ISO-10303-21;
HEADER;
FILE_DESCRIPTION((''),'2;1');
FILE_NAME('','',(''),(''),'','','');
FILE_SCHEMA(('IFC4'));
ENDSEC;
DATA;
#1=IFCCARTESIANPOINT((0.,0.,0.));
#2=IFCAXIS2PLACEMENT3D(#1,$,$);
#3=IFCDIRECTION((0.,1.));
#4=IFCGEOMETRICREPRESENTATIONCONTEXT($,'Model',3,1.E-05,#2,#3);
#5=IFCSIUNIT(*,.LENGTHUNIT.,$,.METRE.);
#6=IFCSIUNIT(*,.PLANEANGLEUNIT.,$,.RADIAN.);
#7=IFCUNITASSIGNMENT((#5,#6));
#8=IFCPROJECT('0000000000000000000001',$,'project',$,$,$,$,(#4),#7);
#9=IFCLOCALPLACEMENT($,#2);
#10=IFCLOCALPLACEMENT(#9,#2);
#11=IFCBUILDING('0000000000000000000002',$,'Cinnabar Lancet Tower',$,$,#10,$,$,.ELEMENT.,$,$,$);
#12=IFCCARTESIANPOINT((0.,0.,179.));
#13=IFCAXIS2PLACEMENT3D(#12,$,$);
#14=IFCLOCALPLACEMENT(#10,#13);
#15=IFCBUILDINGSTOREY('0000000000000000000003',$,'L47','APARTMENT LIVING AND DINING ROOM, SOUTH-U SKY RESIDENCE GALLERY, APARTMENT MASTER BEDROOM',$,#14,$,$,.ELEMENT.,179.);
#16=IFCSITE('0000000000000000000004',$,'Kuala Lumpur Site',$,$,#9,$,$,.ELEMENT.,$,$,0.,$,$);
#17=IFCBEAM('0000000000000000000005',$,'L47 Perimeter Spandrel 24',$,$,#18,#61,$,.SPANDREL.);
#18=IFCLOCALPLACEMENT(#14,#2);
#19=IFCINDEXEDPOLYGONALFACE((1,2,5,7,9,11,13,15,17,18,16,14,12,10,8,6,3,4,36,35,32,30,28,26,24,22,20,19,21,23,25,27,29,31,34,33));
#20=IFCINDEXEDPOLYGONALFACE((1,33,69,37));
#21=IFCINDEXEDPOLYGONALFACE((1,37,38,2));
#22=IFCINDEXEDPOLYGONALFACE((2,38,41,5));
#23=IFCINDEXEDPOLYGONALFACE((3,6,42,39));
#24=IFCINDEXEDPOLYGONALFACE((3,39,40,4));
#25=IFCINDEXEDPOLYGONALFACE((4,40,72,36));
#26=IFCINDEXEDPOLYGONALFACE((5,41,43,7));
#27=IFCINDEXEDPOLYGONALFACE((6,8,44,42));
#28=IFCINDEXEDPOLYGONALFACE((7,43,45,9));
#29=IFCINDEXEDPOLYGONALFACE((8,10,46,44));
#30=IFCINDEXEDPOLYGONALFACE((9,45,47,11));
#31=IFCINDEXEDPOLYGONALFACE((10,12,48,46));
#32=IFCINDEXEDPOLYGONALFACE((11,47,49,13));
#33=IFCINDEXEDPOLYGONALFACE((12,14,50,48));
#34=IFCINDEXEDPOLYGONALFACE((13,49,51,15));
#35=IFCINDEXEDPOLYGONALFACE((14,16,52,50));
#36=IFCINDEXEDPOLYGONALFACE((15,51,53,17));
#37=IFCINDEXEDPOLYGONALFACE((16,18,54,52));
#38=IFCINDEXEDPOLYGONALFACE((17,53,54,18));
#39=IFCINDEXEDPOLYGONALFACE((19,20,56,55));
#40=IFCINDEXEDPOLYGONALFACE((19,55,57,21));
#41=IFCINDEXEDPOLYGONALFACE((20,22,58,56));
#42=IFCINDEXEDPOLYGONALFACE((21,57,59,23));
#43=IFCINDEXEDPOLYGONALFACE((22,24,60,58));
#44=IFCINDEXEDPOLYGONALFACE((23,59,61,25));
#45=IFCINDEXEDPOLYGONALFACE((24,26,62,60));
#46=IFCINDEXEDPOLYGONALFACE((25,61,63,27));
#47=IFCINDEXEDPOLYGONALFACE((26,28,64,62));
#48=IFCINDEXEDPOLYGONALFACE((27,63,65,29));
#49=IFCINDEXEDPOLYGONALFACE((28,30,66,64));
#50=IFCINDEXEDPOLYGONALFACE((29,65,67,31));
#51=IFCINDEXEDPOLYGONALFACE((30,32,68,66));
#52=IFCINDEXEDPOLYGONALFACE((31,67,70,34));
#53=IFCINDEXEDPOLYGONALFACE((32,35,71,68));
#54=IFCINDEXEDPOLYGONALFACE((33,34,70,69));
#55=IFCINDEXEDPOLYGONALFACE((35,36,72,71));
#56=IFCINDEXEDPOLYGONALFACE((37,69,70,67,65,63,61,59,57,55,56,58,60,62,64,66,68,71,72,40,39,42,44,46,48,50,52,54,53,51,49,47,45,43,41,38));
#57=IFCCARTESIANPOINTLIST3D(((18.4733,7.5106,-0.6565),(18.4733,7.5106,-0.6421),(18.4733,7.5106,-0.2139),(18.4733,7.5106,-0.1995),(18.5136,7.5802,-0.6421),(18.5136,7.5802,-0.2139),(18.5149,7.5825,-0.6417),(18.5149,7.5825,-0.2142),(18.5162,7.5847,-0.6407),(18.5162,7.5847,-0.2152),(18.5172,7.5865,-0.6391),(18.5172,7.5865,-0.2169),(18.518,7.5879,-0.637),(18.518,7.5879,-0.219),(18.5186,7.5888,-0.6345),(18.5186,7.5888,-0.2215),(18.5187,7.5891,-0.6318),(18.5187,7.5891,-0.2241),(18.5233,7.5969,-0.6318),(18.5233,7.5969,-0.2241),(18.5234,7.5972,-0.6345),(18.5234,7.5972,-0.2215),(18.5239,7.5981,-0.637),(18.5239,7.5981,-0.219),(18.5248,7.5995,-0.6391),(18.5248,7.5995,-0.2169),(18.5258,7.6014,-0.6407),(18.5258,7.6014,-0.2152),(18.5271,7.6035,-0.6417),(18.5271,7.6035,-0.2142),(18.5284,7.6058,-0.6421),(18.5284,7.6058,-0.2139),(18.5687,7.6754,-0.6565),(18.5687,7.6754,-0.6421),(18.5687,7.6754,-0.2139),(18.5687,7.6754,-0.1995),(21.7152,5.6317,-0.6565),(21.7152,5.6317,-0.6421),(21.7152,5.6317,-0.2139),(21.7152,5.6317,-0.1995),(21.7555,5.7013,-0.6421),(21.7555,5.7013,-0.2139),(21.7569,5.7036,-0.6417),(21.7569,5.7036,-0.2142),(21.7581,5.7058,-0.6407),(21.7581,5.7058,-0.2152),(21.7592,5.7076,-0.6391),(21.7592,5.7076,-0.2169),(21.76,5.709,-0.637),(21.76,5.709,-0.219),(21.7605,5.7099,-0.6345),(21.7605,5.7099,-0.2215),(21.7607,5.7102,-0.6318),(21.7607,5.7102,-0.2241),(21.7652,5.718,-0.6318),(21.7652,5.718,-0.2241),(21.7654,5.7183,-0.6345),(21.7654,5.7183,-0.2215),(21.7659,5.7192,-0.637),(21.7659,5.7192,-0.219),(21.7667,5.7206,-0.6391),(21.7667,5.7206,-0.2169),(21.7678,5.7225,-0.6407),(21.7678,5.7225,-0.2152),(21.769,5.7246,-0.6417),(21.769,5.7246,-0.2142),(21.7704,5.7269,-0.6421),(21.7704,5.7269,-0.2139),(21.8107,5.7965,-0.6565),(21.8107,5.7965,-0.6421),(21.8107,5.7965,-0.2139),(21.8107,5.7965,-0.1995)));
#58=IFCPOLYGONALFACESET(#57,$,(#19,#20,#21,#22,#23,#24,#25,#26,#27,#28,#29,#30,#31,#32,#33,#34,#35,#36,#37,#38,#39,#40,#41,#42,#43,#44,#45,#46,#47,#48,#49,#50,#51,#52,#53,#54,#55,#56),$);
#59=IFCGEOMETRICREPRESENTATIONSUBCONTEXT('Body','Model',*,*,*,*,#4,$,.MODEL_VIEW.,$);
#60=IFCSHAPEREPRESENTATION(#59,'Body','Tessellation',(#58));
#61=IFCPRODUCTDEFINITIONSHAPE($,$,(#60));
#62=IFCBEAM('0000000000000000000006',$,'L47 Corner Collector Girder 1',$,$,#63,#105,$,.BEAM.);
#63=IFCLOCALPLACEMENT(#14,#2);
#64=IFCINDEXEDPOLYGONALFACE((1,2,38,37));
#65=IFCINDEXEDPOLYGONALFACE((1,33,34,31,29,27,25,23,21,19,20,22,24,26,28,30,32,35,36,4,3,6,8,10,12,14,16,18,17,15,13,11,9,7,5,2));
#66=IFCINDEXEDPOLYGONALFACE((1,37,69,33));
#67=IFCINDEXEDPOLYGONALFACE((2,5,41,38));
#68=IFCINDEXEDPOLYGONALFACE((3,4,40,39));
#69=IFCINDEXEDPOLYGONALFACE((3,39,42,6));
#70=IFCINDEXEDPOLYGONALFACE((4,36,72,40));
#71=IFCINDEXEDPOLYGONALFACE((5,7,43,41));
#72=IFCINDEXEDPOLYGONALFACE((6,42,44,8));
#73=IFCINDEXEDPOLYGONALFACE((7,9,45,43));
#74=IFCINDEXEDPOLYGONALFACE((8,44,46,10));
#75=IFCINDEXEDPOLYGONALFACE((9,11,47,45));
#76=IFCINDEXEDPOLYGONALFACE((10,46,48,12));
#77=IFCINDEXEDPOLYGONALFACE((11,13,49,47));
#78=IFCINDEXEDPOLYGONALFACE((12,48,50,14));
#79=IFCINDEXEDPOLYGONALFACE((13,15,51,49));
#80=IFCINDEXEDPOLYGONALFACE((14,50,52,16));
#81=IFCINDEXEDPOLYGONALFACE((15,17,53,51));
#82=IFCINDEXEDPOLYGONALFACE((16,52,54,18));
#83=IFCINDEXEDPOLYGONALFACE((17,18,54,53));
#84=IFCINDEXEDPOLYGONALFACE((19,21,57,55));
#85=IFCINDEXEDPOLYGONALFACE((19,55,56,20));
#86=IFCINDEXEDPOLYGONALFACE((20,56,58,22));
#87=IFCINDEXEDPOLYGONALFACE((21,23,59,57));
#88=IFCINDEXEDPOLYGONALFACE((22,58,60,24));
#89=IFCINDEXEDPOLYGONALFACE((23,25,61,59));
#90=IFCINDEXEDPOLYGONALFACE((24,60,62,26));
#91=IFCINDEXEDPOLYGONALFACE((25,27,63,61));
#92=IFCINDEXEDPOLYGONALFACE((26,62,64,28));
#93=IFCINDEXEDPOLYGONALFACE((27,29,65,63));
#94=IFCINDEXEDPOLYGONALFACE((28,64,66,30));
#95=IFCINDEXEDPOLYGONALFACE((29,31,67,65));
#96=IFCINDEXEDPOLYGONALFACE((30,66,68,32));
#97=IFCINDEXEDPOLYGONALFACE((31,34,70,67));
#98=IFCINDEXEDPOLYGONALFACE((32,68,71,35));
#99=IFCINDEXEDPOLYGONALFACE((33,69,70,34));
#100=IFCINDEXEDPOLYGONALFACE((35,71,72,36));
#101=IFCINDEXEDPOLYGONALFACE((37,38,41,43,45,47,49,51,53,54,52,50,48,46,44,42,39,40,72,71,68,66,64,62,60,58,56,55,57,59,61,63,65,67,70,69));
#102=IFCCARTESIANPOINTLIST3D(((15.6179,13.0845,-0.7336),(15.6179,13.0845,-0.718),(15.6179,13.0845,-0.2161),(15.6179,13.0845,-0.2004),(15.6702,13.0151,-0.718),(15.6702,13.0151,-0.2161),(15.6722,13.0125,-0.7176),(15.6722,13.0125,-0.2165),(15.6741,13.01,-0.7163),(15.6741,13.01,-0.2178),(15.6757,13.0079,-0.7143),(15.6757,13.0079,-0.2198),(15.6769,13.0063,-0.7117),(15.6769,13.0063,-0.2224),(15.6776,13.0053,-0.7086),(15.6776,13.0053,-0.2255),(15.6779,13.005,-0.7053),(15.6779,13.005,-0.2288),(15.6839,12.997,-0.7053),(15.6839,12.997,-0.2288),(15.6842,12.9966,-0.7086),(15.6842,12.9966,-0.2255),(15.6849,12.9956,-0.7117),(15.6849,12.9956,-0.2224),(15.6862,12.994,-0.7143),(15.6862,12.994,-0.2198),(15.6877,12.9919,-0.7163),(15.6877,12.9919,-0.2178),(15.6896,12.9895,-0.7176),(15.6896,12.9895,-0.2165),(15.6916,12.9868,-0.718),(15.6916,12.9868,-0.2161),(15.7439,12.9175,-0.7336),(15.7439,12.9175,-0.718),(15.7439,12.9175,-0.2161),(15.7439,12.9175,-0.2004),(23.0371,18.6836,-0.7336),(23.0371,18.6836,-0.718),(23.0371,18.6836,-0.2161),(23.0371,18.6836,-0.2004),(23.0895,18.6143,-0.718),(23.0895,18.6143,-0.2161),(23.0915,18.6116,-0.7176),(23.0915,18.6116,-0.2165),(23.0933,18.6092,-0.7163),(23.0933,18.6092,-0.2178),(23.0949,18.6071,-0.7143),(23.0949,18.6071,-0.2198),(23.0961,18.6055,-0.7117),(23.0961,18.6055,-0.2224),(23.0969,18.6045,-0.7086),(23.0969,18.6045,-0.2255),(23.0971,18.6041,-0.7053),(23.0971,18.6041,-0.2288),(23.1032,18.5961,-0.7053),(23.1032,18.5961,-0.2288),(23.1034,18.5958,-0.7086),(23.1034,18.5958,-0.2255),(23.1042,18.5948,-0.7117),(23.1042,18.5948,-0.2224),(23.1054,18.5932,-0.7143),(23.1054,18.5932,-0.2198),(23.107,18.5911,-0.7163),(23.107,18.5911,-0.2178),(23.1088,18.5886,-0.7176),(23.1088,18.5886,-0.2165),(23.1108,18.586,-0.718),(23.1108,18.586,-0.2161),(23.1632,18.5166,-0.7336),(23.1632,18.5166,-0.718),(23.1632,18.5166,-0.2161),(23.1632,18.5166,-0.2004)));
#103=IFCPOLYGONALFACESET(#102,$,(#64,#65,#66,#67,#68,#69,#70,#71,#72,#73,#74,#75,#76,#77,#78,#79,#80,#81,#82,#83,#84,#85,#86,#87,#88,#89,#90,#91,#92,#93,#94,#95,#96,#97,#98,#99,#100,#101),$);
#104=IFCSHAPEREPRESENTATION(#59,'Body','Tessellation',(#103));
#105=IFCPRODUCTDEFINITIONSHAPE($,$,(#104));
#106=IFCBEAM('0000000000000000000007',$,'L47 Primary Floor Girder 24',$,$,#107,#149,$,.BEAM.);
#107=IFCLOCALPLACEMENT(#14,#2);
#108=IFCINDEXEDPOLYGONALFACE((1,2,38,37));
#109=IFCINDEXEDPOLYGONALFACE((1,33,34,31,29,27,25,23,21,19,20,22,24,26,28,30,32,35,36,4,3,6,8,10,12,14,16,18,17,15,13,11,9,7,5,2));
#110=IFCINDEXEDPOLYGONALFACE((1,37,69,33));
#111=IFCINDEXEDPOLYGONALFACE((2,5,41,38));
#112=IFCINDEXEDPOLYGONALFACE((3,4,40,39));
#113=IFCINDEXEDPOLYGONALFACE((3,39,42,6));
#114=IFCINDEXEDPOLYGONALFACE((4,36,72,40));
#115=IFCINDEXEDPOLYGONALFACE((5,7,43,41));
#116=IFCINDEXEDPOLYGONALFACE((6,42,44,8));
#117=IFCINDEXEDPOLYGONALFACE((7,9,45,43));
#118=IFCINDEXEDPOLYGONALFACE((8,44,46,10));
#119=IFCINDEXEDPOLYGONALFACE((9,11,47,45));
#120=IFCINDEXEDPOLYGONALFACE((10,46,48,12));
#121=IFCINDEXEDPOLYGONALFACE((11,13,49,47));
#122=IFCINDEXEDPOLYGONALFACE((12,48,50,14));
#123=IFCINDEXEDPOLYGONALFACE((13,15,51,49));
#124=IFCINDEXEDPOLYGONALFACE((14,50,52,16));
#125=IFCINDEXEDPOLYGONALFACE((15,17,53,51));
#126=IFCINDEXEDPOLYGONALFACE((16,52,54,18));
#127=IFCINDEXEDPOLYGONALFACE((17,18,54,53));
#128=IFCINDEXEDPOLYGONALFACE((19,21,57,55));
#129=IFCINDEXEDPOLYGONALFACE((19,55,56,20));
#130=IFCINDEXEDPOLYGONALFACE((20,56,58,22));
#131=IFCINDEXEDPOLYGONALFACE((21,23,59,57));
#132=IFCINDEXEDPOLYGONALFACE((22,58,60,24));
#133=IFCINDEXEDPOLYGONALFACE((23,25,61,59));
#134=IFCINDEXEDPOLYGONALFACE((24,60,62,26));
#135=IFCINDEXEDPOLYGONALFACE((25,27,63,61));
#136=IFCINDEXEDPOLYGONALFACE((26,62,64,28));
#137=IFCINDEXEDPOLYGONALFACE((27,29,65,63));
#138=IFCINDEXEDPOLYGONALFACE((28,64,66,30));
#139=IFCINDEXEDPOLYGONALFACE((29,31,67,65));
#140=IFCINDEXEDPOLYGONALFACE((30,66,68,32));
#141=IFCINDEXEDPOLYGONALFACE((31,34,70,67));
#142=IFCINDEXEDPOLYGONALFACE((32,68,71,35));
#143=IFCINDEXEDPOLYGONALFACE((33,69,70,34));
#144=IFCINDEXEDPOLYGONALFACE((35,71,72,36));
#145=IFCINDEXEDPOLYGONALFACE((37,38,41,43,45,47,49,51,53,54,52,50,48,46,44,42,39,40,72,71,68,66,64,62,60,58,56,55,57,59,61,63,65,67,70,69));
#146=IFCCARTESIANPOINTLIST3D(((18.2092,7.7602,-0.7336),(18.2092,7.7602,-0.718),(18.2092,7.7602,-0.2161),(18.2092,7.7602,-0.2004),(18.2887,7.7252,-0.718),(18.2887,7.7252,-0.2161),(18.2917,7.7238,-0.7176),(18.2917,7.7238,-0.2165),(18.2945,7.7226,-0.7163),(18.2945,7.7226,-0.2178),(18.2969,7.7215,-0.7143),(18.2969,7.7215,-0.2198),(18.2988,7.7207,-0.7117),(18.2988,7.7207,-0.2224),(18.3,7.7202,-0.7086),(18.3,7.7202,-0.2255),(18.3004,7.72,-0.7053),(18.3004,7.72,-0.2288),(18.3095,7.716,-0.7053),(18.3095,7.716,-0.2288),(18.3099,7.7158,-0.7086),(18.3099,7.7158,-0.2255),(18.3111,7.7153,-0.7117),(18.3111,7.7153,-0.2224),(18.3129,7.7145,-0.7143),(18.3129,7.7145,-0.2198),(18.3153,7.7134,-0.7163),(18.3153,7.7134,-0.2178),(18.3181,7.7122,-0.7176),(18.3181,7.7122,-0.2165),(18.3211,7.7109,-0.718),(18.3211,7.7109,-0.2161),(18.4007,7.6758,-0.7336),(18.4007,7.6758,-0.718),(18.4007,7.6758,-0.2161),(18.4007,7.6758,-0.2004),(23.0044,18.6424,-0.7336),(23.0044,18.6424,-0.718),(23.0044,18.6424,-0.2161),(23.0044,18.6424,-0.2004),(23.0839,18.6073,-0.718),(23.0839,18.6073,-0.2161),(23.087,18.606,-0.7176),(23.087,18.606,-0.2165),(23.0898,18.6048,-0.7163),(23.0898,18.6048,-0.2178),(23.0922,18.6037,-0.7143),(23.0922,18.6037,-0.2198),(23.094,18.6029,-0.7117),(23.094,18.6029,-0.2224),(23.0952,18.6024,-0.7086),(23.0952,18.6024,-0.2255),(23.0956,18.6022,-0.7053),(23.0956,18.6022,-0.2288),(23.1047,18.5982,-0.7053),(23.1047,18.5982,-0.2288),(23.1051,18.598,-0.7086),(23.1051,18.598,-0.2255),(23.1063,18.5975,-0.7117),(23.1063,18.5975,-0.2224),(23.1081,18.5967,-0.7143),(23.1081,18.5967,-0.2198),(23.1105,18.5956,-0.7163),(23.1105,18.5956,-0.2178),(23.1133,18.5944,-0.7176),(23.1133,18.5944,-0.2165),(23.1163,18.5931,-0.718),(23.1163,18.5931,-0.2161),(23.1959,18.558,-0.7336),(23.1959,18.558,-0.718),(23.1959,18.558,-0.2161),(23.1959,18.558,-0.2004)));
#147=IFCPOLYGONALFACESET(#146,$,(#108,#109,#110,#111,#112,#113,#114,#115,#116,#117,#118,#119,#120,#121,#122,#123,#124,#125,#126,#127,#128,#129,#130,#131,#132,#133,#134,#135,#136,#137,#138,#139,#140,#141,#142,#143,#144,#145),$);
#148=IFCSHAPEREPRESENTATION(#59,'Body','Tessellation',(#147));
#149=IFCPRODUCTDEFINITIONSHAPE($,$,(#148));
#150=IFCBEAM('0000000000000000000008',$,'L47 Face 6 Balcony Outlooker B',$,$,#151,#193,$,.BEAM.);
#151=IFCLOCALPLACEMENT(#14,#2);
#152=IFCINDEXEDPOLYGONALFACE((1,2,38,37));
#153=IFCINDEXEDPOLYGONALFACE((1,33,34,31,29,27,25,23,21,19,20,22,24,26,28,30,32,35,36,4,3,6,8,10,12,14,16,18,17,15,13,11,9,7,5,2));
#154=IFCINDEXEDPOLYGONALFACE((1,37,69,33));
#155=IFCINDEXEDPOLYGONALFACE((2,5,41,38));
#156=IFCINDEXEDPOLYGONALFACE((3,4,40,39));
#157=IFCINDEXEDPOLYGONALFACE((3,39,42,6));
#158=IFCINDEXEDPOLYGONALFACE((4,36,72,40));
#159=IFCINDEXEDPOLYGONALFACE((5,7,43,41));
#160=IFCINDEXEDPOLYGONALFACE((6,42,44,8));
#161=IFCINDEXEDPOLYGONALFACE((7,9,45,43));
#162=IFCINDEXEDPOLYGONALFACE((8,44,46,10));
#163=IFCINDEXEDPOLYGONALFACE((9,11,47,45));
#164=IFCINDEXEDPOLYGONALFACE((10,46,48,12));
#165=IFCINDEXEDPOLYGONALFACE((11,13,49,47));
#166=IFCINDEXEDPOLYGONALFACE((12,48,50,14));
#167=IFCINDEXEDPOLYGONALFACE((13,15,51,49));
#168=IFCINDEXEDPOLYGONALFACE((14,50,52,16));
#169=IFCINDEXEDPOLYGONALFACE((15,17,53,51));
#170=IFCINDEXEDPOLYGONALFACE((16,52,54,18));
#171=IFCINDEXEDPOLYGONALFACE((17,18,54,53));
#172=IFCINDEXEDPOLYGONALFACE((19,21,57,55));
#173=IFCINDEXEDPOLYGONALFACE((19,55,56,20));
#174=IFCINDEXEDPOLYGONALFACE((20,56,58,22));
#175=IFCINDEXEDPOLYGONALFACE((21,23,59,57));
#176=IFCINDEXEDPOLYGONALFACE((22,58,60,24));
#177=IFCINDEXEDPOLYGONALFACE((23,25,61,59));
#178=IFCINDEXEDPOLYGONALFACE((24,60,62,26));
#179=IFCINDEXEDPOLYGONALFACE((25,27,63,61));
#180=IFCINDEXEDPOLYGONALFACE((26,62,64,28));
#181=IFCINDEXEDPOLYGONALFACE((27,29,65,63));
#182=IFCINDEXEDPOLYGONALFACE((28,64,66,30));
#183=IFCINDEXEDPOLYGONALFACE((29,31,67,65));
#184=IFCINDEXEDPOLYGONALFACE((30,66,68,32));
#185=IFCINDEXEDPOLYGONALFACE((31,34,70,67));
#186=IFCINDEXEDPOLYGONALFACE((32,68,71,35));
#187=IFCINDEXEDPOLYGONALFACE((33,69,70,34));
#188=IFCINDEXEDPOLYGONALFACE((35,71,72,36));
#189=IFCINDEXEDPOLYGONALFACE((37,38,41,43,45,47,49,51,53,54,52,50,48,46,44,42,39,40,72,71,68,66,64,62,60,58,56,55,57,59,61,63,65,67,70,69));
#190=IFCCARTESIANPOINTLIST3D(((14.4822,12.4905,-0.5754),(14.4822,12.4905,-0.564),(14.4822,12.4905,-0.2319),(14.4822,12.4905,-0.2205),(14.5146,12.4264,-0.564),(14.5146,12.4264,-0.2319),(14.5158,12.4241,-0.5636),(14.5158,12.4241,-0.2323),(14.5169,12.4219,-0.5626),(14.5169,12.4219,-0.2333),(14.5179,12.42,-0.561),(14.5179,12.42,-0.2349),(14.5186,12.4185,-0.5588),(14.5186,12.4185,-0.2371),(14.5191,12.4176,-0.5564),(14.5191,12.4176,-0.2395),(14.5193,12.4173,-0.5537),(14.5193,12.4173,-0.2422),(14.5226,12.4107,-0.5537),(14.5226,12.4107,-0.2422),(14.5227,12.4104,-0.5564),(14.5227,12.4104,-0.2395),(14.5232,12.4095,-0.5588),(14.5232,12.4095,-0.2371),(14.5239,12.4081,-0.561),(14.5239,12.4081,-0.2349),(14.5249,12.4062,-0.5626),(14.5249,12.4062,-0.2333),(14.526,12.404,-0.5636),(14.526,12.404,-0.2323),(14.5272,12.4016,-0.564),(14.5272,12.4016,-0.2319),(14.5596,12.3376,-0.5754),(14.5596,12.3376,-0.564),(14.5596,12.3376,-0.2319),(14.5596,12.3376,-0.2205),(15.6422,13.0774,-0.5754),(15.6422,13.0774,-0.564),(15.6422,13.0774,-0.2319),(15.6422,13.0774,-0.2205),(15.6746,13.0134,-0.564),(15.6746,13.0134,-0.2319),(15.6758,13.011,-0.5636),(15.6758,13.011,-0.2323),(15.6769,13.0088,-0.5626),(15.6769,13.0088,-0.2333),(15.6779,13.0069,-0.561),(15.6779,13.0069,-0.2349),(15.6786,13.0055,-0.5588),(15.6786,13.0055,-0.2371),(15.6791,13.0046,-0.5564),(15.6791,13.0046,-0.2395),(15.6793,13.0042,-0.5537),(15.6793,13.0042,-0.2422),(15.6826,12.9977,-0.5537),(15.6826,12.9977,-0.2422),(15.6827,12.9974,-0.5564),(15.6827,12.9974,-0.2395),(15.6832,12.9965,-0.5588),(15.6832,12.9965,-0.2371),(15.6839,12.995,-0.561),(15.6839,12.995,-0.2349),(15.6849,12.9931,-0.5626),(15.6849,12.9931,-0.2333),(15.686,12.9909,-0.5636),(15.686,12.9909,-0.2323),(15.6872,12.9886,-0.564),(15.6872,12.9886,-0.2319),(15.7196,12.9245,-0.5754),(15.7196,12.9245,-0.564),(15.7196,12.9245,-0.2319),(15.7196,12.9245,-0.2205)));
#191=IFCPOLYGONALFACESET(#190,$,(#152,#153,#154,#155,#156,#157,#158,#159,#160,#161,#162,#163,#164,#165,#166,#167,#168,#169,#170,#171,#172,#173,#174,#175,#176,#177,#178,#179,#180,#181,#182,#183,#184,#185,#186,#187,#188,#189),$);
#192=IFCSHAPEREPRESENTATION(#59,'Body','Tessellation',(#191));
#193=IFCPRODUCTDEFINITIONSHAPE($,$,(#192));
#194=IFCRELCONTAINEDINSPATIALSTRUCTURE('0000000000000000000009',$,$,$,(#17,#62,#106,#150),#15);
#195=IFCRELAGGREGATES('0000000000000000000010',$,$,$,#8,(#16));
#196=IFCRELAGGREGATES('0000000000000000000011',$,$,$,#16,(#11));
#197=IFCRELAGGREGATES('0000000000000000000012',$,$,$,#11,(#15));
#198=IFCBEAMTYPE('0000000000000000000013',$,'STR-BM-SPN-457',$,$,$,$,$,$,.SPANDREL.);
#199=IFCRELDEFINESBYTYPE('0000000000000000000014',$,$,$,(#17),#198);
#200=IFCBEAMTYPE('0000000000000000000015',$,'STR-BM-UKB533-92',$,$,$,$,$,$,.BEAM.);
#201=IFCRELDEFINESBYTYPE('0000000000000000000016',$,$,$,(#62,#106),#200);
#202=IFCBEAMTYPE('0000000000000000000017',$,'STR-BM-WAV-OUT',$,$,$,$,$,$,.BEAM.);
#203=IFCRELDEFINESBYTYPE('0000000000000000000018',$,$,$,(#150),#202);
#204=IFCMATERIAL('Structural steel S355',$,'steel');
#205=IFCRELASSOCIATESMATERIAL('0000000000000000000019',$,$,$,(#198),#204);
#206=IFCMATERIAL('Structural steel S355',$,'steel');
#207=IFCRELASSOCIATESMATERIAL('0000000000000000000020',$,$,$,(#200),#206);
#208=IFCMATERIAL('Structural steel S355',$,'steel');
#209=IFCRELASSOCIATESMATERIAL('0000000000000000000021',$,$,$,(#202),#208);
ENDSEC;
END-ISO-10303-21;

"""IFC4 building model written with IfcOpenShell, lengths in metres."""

from ifc_helpers import new_model, si_unit, direction, frame, origin, origin_2d, place, context, subcontext, project, spatial, i_section, extrude, material, material_profile, profile_set, type_object, element, save


model = new_model("IFC4")

# Units and contexts
model_context = context("Model", 3, precision=1e-05, world=origin(), true_north=direction((0.0, 1.0)))
body_context = subcontext(model_context, "Body", "Model", "MODEL_VIEW")
ifc_project = project(units=[si_unit("LENGTHUNIT", "METRE"), si_unit("PLANEANGLEUNIT", "RADIAN")], contexts=[model_context])

# Site, building, storey
site_placement = place(None, origin())
site = spatial("IfcSite", under=ifc_project, at=site_placement, Name="Kuala Lumpur Site", CompositionType="ELEMENT", RefElevation=0.0)
building_placement = place(site_placement, origin())
building = spatial("IfcBuilding", under=site, at=building_placement, Name="Cinnabar Lancet Tower", CompositionType="ELEMENT")
storey_placement = place(building_placement, frame((0.0, 0.0, 179.0)))
storey = spatial("IfcBuildingStorey", under=building, at=storey_placement, Name="L47", Description="APARTMENT LIVING AND DINING ROOM, SOUTH-U SKY RESIDENCE GALLERY, APARTMENT MASTER BEDROOM", CompositionType="ELEMENT", Elevation=179.0)

# Beams
ifc_material_1 = material(Name="Structural steel S355", Category="steel")
ifc_material_profile_1 = material_profile(ifc_material_1, i_section(OverallWidth=0.1904, OverallDepth=0.457, WebThickness=0.009, FlangeThickness=0.0144, FilletRadius=0.0103, at=origin_2d()), Name="UKB 457x191x74")
ifc_profile_set_1 = profile_set([ifc_material_profile_1], Name="Structural steel S355")
beam_type_1 = type_object("IfcBeamType", Name="STR-BM-SPN-457", PredefinedType="SPANDREL", material=ifc_profile_set_1)
beam_1_placement = place(storey_placement, frame((18.521, 7.593, -0.428), z_axis=(0.865196, -0.501434, 0.0), x_axis=(0.501434, 0.865196, 0.0)))
element("IfcBeam", 1, at=beam_1_placement, inside=storey, type_object=beam_type_1, Name="L47 Perimeter Spandrel 24", PredefinedType="SPANDREL", context=body_context, shape_type="SweptSolid", body=[
    extrude(i_section(OverallWidth=0.1904, OverallDepth=0.457, WebThickness=0.009, FlangeThickness=0.0144, FilletRadius=0.0103, at=origin_2d()), origin(), (0.0, 0.0, 1.0), 3.7471),
])
ifc_material_2 = material(Name="Structural steel S355", Category="steel")
ifc_material_profile_2 = material_profile(ifc_material_2, i_section(OverallWidth=0.2092, OverallDepth=0.5332, WebThickness=0.01, FlangeThickness=0.0156, FilletRadius=0.0127, at=origin_2d()), Name="UKB 533x210x92")
ifc_profile_set_2 = profile_set([ifc_material_profile_2], Name="Structural steel S355")
beam_type_2 = type_object("IfcBeamType", Name="STR-BM-UKB533-92", PredefinedType="BEAM", material=ifc_profile_set_2)
beam_2_placement = place(storey_placement, frame((15.6809, 13.001, -0.467), z_axis=(0.798203, 0.602389, 0.0), x_axis=(-0.602389, 0.798203, 0.0)))
element("IfcBeam", 2, at=beam_2_placement, inside=storey, type_object=beam_type_2, Name="L47 Corner Collector Girder 1", PredefinedType="BEAM", context=body_context, shape_type="SweptSolid", body=[
    extrude(i_section(OverallWidth=0.2092, OverallDepth=0.5332, WebThickness=0.01, FlangeThickness=0.0156, FilletRadius=0.0127, at=origin_2d()), origin(), (0.0, 0.0, 1.0), 9.2949),
])
beam_3_placement = place(storey_placement, frame((18.3049, 7.718, -0.467), z_axis=(0.403235, 0.915096, 0.0), x_axis=(-0.915096, 0.403235, 0.0)))
element("IfcBeam", 3, at=beam_3_placement, inside=storey, type_object=beam_type_2, Name="L47 Primary Floor Girder 24", PredefinedType="BEAM", context=body_context, shape_type="SweptSolid", body=[
    extrude(i_section(OverallWidth=0.2092, OverallDepth=0.5332, WebThickness=0.01, FlangeThickness=0.0156, FilletRadius=0.0127, at=origin_2d()), origin(), (0.0, 0.0, 1.0), 11.8918),
])
ifc_material_3 = material(Name="Structural steel S355", Category="steel")
ifc_material_profile_3 = material_profile(ifc_material_3, i_section(OverallWidth=0.1714, OverallDepth=0.355, WebThickness=0.0073, FlangeThickness=0.0115, FilletRadius=0.0103, at=origin_2d()), Name="UKB 356x171x51")
ifc_profile_set_3 = profile_set([ifc_material_profile_3], Name="Structural steel S355")
beam_type_3 = type_object("IfcBeamType", Name="STR-BM-WAV-OUT", PredefinedType="BEAM", material=ifc_profile_set_3)
beam_4_placement = place(storey_placement, frame((15.6809, 13.001, -0.3979), z_axis=(-0.892276, -0.45149, 0.0), x_axis=(0.45149, -0.892276, 0.0)))
element("IfcBeam", 4, at=beam_4_placement, inside=storey, type_object=beam_type_3, Name="L47 Face 6 Balcony Outlooker B", PredefinedType="BEAM", context=body_context, shape_type="SweptSolid", body=[
    extrude(i_section(OverallWidth=0.1714, OverallDepth=0.355, WebThickness=0.0073, FlangeThickness=0.0115, FilletRadius=0.0103, at=origin_2d()), origin(), (0.0, 0.0, 1.0), 1.3),
])

save(model, "model.ifc")
